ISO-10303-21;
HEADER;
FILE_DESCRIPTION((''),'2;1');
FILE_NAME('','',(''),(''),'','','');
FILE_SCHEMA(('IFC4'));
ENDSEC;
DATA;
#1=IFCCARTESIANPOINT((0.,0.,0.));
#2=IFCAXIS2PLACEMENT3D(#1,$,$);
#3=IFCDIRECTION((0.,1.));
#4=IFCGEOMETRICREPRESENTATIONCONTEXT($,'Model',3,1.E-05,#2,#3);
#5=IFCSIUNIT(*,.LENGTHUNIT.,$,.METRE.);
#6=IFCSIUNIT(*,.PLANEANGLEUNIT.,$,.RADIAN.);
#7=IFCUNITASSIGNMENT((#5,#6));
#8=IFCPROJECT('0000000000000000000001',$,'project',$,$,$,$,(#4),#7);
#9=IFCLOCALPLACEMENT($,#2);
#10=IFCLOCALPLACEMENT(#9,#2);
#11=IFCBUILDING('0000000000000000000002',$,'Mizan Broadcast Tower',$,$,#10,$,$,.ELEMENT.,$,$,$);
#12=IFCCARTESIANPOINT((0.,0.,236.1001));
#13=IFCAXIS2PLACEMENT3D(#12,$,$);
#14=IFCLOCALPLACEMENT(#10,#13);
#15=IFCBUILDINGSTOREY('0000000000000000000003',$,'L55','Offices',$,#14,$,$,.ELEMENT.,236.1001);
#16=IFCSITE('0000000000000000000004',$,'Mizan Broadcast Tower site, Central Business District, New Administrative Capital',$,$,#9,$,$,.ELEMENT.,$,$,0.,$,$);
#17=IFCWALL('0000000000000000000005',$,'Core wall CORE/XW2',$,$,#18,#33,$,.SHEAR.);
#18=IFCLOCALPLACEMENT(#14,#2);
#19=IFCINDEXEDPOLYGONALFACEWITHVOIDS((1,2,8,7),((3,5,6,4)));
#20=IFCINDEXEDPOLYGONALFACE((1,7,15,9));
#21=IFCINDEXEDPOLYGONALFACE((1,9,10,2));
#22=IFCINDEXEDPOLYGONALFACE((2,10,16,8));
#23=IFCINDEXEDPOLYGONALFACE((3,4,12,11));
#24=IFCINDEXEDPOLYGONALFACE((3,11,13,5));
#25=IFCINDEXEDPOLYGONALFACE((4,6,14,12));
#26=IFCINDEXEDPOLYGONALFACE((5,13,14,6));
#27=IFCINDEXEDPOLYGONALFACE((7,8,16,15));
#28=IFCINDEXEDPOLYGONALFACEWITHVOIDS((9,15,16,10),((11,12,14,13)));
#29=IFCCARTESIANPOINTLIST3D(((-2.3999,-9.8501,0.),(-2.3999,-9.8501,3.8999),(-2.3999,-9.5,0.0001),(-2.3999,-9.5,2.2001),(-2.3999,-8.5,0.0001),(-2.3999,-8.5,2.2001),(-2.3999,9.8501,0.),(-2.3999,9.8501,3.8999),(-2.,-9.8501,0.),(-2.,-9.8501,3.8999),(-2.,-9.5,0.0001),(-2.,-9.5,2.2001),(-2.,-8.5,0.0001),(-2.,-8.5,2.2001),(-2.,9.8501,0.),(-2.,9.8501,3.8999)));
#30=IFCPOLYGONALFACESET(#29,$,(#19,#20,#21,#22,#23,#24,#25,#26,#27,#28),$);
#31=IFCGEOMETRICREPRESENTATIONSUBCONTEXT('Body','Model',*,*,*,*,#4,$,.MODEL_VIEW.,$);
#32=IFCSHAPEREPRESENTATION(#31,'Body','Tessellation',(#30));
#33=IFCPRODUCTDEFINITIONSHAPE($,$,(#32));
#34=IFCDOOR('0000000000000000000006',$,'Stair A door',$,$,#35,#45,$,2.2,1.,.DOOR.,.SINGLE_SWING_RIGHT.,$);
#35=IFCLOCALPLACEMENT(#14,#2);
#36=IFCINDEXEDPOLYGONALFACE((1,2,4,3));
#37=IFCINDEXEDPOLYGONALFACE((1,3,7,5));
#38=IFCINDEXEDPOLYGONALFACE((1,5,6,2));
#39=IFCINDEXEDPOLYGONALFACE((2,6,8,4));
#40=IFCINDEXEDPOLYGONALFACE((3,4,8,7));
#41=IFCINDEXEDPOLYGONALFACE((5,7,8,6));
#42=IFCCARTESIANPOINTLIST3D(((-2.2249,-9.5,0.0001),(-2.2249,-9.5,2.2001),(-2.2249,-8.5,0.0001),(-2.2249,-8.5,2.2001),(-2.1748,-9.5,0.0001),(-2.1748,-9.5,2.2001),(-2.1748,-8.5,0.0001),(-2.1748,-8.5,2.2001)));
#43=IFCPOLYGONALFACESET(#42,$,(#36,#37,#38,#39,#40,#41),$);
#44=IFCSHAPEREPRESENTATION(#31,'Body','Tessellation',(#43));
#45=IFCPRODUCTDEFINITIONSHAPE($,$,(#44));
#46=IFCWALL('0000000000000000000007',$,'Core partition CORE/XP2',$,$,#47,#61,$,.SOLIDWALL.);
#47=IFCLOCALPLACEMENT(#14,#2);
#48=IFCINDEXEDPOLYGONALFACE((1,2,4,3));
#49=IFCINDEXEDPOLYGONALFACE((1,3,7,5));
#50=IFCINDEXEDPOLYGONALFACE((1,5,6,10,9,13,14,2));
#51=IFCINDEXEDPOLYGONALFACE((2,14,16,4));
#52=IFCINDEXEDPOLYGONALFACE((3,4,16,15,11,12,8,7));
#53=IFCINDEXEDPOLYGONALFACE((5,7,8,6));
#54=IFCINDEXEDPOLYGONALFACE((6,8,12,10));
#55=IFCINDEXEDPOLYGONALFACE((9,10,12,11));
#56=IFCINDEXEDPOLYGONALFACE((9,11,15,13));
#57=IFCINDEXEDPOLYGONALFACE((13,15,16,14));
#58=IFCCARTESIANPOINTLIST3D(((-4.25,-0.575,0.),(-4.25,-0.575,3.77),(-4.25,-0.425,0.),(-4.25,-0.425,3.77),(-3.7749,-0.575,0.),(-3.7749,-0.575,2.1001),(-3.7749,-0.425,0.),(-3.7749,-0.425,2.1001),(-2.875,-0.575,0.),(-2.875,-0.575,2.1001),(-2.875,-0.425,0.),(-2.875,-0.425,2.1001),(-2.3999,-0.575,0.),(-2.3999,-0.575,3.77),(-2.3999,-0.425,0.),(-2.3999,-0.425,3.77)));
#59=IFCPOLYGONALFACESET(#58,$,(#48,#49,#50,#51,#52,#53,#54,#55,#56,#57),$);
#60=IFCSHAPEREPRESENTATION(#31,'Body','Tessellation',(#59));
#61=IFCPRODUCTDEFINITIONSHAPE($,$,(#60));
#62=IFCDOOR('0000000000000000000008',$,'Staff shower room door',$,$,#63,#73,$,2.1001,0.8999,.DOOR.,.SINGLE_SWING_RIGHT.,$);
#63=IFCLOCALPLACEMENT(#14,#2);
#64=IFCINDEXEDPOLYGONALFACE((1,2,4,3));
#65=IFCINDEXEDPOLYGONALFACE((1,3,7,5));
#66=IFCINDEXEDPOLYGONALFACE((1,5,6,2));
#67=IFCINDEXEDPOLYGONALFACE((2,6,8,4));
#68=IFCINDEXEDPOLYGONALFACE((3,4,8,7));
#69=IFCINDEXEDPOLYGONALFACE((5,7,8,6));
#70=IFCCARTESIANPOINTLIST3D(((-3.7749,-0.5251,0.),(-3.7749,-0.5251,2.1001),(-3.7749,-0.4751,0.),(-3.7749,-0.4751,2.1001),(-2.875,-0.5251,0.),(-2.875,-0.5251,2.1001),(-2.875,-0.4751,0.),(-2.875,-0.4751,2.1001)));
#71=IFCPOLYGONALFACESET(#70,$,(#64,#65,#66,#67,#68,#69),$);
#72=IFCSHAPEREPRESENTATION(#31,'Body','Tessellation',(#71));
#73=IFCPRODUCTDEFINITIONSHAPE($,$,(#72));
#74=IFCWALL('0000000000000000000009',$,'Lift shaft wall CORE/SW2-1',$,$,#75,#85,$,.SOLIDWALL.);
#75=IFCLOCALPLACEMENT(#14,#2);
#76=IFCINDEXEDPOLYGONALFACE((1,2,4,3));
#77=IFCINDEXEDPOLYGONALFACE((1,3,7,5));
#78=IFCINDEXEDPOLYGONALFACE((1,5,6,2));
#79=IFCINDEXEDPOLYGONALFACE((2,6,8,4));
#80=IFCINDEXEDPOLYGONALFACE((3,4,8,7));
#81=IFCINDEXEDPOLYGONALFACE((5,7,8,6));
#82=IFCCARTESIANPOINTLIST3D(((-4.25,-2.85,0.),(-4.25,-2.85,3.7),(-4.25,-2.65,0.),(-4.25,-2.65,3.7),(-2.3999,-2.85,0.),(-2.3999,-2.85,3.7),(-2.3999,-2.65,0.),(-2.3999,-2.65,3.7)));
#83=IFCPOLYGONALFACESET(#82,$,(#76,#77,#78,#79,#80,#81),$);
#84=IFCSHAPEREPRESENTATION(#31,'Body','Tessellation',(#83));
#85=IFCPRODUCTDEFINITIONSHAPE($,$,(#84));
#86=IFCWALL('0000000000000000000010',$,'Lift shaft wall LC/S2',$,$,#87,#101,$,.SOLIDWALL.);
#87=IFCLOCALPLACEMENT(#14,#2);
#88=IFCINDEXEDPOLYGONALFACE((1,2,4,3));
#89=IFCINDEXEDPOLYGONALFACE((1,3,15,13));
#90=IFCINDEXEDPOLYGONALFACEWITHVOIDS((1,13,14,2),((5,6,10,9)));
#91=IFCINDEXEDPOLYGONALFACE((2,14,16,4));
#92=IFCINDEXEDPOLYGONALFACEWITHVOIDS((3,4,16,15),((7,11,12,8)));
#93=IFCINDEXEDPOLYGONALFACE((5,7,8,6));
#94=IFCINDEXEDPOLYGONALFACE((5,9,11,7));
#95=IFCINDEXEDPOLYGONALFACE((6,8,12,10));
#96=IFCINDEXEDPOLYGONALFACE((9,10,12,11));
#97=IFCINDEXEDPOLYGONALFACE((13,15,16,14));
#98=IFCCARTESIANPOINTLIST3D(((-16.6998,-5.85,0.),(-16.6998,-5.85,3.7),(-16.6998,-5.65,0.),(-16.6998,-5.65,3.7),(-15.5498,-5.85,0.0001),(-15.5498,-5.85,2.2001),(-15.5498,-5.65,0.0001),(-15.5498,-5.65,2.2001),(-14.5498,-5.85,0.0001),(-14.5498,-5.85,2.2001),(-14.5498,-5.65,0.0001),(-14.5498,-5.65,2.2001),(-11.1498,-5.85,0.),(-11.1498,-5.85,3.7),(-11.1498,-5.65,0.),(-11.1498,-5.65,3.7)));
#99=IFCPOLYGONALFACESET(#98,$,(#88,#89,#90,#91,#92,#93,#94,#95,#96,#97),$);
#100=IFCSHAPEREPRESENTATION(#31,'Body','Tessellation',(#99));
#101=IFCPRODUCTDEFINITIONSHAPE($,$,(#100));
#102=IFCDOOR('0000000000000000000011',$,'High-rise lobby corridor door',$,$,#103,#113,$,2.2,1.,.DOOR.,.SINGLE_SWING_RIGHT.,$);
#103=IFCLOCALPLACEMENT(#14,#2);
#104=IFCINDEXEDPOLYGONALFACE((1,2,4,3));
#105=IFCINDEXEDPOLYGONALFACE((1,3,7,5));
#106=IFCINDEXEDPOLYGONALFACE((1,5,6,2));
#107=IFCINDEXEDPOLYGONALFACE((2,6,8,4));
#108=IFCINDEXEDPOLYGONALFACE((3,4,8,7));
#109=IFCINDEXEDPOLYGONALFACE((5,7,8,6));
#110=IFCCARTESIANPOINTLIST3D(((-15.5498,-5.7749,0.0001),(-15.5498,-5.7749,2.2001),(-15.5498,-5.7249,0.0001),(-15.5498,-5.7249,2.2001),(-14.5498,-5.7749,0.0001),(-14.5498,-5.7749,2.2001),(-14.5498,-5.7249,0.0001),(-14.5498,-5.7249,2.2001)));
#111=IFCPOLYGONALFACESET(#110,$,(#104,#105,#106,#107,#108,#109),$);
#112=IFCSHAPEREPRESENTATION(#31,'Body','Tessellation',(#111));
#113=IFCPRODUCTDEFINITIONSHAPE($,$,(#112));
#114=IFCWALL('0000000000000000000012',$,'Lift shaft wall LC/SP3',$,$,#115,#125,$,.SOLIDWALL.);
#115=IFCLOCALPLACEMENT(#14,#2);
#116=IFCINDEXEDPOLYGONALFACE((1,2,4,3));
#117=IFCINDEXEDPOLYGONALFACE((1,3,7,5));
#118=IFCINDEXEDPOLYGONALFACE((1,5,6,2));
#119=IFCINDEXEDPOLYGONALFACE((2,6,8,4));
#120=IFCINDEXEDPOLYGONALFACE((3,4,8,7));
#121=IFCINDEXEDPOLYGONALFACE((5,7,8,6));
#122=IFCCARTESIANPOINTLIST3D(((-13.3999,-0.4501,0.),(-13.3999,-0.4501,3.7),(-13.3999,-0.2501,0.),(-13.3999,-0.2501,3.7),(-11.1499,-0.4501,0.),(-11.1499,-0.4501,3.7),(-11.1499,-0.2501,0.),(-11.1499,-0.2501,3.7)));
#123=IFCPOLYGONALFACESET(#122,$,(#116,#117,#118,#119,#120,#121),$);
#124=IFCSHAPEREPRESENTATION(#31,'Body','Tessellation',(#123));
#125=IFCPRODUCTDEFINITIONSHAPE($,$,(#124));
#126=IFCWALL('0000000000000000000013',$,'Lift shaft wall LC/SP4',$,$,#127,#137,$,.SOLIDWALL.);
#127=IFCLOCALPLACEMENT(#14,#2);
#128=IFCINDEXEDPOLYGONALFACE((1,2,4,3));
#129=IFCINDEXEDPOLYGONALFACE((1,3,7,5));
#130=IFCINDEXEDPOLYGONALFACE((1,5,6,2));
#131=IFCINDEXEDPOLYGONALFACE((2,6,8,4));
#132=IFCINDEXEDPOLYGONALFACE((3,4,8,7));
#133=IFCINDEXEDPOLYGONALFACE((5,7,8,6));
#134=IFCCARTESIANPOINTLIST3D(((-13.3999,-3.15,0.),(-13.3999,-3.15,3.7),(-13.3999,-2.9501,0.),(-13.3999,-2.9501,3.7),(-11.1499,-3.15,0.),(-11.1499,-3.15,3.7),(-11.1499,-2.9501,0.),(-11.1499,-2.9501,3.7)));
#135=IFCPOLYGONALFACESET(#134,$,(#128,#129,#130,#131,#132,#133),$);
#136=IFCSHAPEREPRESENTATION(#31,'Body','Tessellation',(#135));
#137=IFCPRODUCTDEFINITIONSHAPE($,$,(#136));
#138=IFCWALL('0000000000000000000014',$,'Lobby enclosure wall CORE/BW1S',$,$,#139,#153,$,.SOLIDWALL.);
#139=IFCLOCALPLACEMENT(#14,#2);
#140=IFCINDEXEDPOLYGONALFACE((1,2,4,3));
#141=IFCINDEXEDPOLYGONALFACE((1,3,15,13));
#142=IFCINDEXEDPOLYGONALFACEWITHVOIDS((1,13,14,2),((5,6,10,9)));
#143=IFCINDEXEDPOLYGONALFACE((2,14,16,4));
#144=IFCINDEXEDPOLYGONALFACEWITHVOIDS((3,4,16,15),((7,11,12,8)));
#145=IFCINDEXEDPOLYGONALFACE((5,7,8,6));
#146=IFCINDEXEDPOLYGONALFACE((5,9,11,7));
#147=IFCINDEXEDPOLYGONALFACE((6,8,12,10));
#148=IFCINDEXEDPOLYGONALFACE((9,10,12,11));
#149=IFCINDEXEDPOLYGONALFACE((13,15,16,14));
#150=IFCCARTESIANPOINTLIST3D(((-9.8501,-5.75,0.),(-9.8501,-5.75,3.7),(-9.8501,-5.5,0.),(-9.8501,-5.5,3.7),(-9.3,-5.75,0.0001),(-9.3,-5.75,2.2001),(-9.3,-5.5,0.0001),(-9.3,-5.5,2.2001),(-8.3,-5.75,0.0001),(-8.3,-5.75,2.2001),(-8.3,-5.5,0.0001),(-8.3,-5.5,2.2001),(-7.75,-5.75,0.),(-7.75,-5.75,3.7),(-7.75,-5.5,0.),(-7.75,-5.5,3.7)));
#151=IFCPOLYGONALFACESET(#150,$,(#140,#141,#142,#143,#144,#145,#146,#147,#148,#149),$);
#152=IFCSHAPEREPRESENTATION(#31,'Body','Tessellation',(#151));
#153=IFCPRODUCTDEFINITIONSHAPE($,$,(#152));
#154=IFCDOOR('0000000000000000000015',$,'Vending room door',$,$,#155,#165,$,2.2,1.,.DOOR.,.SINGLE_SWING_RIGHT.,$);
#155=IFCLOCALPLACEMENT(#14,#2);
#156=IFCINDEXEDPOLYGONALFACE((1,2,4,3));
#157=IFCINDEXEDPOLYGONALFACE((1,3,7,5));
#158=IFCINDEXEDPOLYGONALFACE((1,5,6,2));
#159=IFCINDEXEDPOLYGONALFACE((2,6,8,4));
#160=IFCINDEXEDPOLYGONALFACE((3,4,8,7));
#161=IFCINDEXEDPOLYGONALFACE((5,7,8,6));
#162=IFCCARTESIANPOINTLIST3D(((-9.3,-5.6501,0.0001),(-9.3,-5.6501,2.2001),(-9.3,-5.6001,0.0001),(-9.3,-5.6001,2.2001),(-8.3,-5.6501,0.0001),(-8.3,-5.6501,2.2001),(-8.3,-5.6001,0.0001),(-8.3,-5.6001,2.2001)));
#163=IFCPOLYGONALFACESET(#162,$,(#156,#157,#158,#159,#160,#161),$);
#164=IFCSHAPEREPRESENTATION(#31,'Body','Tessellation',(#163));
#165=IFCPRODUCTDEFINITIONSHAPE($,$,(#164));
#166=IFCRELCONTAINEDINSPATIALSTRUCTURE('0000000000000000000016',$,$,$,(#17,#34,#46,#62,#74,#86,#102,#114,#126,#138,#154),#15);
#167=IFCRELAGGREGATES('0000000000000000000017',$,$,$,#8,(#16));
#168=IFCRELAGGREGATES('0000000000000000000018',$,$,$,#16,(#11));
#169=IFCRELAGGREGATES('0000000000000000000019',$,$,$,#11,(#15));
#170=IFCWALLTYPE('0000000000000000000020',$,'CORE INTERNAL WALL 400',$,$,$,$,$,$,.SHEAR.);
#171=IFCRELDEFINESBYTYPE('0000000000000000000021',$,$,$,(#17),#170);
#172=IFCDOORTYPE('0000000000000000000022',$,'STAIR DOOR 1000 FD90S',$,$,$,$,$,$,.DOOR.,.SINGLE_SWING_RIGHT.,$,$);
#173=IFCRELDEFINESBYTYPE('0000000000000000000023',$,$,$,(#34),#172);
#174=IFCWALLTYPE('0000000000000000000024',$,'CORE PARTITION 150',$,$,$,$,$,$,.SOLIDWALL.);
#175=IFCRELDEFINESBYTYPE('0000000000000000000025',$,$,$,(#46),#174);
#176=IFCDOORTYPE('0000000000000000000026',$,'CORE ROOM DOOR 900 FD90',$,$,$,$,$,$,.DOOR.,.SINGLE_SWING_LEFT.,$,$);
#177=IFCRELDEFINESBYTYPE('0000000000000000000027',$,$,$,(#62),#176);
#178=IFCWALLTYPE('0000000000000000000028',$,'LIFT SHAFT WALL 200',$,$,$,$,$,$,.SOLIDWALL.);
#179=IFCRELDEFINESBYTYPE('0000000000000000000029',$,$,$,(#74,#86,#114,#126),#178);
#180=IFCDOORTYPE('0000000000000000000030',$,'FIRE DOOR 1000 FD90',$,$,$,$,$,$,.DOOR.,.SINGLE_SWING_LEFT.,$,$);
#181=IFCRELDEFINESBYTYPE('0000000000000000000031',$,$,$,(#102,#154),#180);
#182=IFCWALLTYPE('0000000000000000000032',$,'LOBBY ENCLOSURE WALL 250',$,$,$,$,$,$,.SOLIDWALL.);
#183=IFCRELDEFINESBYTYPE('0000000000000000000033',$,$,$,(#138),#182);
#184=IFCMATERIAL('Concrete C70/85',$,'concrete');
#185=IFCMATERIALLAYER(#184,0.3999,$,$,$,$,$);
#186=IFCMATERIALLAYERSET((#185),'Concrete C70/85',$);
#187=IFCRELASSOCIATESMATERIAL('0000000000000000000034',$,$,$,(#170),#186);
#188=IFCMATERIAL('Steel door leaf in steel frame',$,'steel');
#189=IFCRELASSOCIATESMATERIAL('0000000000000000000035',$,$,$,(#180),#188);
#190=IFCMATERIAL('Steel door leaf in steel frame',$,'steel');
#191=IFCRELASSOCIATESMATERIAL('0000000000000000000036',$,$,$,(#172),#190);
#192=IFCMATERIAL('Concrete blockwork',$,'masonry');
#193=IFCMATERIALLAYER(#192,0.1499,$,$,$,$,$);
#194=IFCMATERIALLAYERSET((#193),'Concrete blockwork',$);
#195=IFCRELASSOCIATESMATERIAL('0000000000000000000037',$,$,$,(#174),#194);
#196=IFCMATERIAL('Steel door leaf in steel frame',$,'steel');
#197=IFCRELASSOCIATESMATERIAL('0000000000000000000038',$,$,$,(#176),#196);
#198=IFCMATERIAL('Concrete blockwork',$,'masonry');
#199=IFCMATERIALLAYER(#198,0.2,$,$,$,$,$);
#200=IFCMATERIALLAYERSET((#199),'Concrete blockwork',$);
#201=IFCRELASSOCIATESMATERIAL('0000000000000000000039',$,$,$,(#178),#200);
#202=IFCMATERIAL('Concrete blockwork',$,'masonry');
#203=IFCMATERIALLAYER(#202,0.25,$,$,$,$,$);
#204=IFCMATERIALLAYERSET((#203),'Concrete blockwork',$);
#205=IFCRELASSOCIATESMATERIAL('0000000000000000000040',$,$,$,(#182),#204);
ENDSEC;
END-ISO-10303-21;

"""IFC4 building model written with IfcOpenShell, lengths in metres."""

from ifc_helpers import new_model, si_unit, direction, frame, frame_2d, origin, place, context, subcontext, project, spatial, rectangle, extrude, material, layer, layer_set, type_object, element, fill, save


model = new_model("IFC4")

# Units and contexts
model_context = context("Model", 3, precision=1e-05, world=origin(), true_north=direction((0.0, 1.0)))
body_context = subcontext(model_context, "Body", "Model", "MODEL_VIEW")
ifc_project = project(units=[si_unit("LENGTHUNIT", "METRE"), si_unit("PLANEANGLEUNIT", "RADIAN")], contexts=[model_context])

# Site, building, storey
site_placement = place(None, origin())
site = spatial("IfcSite", under=ifc_project, at=site_placement, Name="Mizan Broadcast Tower site, Central Business District, New Administrative Capital", CompositionType="ELEMENT", RefElevation=0.0)
building_placement = place(site_placement, origin())
building = spatial("IfcBuilding", under=site, at=building_placement, Name="Mizan Broadcast Tower", CompositionType="ELEMENT")
storey_placement = place(building_placement, frame((0.0, 0.0, 236.1001)))
storey = spatial("IfcBuildingStorey", under=building, at=storey_placement, Name="L55", Description="Offices", CompositionType="ELEMENT", Elevation=236.1001)

# Shared definitions
ifc_material_1 = material(Name="Concrete C70/85", Category="concrete")
ifc_layer_1 = layer(ifc_material_1, 0.3999)
ifc_layer_set_1 = layer_set([ifc_layer_1], Name="Concrete C70/85")
wall_type_1 = type_object("IfcWallType", Name="CORE INTERNAL WALL 400", PredefinedType="SHEAR", material=ifc_layer_set_1)
ifc_material_2 = material(Name="Steel door leaf in steel frame", Category="steel")
door_type_1 = type_object("IfcDoorType", Name="FIRE DOOR 1000 FD90", OperationType="SINGLE_SWING_LEFT", PredefinedType="DOOR", material=ifc_material_2)

# Walls, openings, doors
wall_1_placement = place(storey_placement, frame((-2.2, -9.8501, 0.0), z_axis=(0.0, 0.0, 1.0), x_axis=(0.0, 1.0, 0.0)))
wall_1 = element("IfcWall", 1, at=wall_1_placement, inside=storey, type_object=wall_type_1, Name="Core wall CORE/XW2", PredefinedType="SHEAR", context=body_context, shape_type="SweptSolid", body=[
    extrude(rectangle(XDim=19.7002, YDim=0.3999, at=frame_2d((9.8501, 0.0))), origin(), (0.0, 0.0, 1.0), 3.8999),
])
opening_1_placement = place(wall_1_placement, frame((0.3501, 0.0, 0.0)))
opening_1 = element("IfcOpeningElement", 2, at=opening_1_placement, cuts=wall_1, PredefinedType="OPENING", context=body_context, shape_type="SweptSolid", body=[
    extrude(rectangle(XDim=1.0, YDim=2.2, at=frame_2d((0.5, 1.1001))), frame((0.0, 0.21, 0.0), z_axis=(0.0, -1.0, 0.0), x_axis=(1.0, 0.0, 0.0)), (0.0, 0.0, 1.0), 0.4199),
])
ifc_material_3 = material(Name="Steel door leaf in steel frame", Category="steel")
door_type_2 = type_object("IfcDoorType", Name="STAIR DOOR 1000 FD90S", OperationType="SINGLE_SWING_RIGHT", PredefinedType="DOOR", material=ifc_material_3)
door_1_placement = place(opening_1_placement, origin())
door_1 = element("IfcDoor", 3, at=door_1_placement, inside=storey, type_object=door_type_2, Name="Stair A door", OperationType="SINGLE_SWING_RIGHT", OverallHeight=2.2, OverallWidth=1.0, PredefinedType="DOOR", context=body_context, shape_type="SweptSolid", body=[
    extrude(rectangle(XDim=1.0, YDim=2.2, at=frame_2d((0.5, 1.1001))), frame((0.0, 0.0249, 0.0), z_axis=(0.0, -1.0, 0.0), x_axis=(1.0, 0.0, 0.0)), (0.0, 0.0, 1.0), 0.05),
])
fill(opening_1, door_1)
ifc_material_4 = material(Name="Concrete blockwork", Category="masonry")
ifc_layer_2 = layer(ifc_material_4, 0.1499)
ifc_layer_set_2 = layer_set([ifc_layer_2], Name="Concrete blockwork")
wall_type_2 = type_object("IfcWallType", Name="CORE PARTITION 150", PredefinedType="SOLIDWALL", material=ifc_layer_set_2)
wall_2_placement = place(storey_placement, frame((-4.25, -0.5, 0.0), z_axis=(0.0, 0.0, 1.0), x_axis=(1.0, 0.0, 0.0)))
wall_2 = element("IfcWall", 4, at=wall_2_placement, inside=storey, type_object=wall_type_2, Name="Core partition CORE/XP2", PredefinedType="SOLIDWALL", context=body_context, shape_type="SweptSolid", body=[
    extrude(rectangle(XDim=1.8501, YDim=0.1499, at=frame_2d((0.925, 0.0))), origin(), (0.0, 0.0, 1.0), 3.77),
])
opening_2_placement = place(wall_2_placement, frame((0.4751, 0.0, 0.0)))
opening_2 = element("IfcOpeningElement", 5, at=opening_2_placement, cuts=wall_2, PredefinedType="OPENING", context=body_context, shape_type="SweptSolid", body=[
    extrude(rectangle(XDim=0.8999, YDim=2.1001, at=frame_2d((0.45, 1.05))), frame((0.0, 0.085, 0.0), z_axis=(0.0, -1.0, 0.0), x_axis=(1.0, 0.0, 0.0)), (0.0, 0.0, 1.0), 0.1699),
])
ifc_material_5 = material(Name="Steel door leaf in steel frame", Category="steel")
door_type_3 = type_object("IfcDoorType", Name="CORE ROOM DOOR 900 FD90", OperationType="SINGLE_SWING_LEFT", PredefinedType="DOOR", material=ifc_material_5)
door_2_placement = place(opening_2_placement, origin())
door_2 = element("IfcDoor", 6, at=door_2_placement, inside=storey, type_object=door_type_3, Name="Staff shower room door", OperationType="SINGLE_SWING_RIGHT", OverallHeight=2.1001, OverallWidth=0.8999, PredefinedType="DOOR", context=body_context, shape_type="SweptSolid", body=[
    extrude(rectangle(XDim=0.8999, YDim=2.1001, at=frame_2d((0.45, 1.05))), frame((0.0, 0.0249, 0.0), z_axis=(0.0, -1.0, 0.0), x_axis=(1.0, 0.0, 0.0)), (0.0, 0.0, 1.0), 0.05),
])
fill(opening_2, door_2)

# Wall
ifc_material_6 = material(Name="Concrete blockwork", Category="masonry")
ifc_layer_3 = layer(ifc_material_6, 0.2)
ifc_layer_set_3 = layer_set([ifc_layer_3], Name="Concrete blockwork")
wall_type_3 = type_object("IfcWallType", Name="LIFT SHAFT WALL 200", PredefinedType="SOLIDWALL", material=ifc_layer_set_3)
wall_3_placement = place(storey_placement, frame((-4.25, -2.75, 0.0), z_axis=(0.0, 0.0, 1.0), x_axis=(1.0, 0.0, 0.0)))
element("IfcWall", 7, at=wall_3_placement, inside=storey, type_object=wall_type_3, Name="Lift shaft wall CORE/SW2-1", PredefinedType="SOLIDWALL", context=body_context, shape_type="SweptSolid", body=[
    extrude(rectangle(XDim=1.8501, YDim=0.2, at=frame_2d((0.925, 0.0))), origin(), (0.0, 0.0, 1.0), 3.7),
])

# Wall, opening, door
wall_4_placement = place(storey_placement, frame((-11.1499, -5.75, 0.0), z_axis=(0.0, 0.0, 1.0), x_axis=(-1.0, 0.0, 0.0)))
wall_4 = element("IfcWall", 8, at=wall_4_placement, inside=storey, type_object=wall_type_3, Name="Lift shaft wall LC/S2", PredefinedType="SOLIDWALL", context=body_context, shape_type="SweptSolid", body=[
    extrude(rectangle(XDim=5.55, YDim=0.2, at=frame_2d((2.7749, 0.0))), origin(), (0.0, 0.0, 1.0), 3.7),
])
opening_3_placement = place(wall_4_placement, frame((3.3999, 0.0, 0.0)))
opening_3 = element("IfcOpeningElement", 9, at=opening_3_placement, cuts=wall_4, PredefinedType="OPENING", context=body_context, shape_type="SweptSolid", body=[
    extrude(rectangle(XDim=1.0, YDim=2.2, at=frame_2d((0.5, 1.1001))), frame((0.0, 0.1099, 0.0), z_axis=(0.0, -1.0, 0.0), x_axis=(1.0, 0.0, 0.0)), (0.0, 0.0, 1.0), 0.22),
])
door_3_placement = place(opening_3_placement, origin())
door_3 = element("IfcDoor", 10, at=door_3_placement, inside=storey, type_object=door_type_1, Name="High-rise lobby corridor door", OperationType="SINGLE_SWING_RIGHT", OverallHeight=2.2, OverallWidth=1.0, PredefinedType="DOOR", context=body_context, shape_type="SweptSolid", body=[
    extrude(rectangle(XDim=1.0, YDim=2.2, at=frame_2d((0.5, 1.1001))), frame((0.0, 0.0249, 0.0), z_axis=(0.0, -1.0, 0.0), x_axis=(1.0, 0.0, 0.0)), (0.0, 0.0, 1.0), 0.05),
])
fill(opening_3, door_3)

# Walls
for number, where, z_axis, x_axis, name in (
    (11, (-11.1499, -0.3501, 0.0), (0.0, 0.0, 1.0), (-1.0, 0.0, 0.0), "Lift shaft wall LC/SP3"),
    (12, (-11.1499, -3.05, 0.0), (0.0, 0.0, 1.0), (-1.0, 0.0, 0.0), "Lift shaft wall LC/SP4"),
):
    element("IfcWall", number, at=place(storey_placement, frame(where, z_axis=z_axis, x_axis=x_axis)), inside=storey, type_object=wall_type_3, Name=name, PredefinedType="SOLIDWALL", context=body_context, shape_type="SweptSolid", body=[
        extrude(rectangle(XDim=2.25, YDim=0.2, at=frame_2d((1.125, 0.0))), origin(), (0.0, 0.0, 1.0), 3.7),
    ])

# Wall, opening, door
ifc_material_7 = material(Name="Concrete blockwork", Category="masonry")
ifc_layer_4 = layer(ifc_material_7, 0.25)
ifc_layer_set_4 = layer_set([ifc_layer_4], Name="Concrete blockwork")
wall_type_4 = type_object("IfcWallType", Name="LOBBY ENCLOSURE WALL 250", PredefinedType="SOLIDWALL", material=ifc_layer_set_4)
wall_5_placement = place(storey_placement, frame((-9.8501, -5.625, 0.0), z_axis=(0.0, 0.0, 1.0), x_axis=(1.0, 0.0, 0.0)))
wall_5 = element("IfcWall", 13, at=wall_5_placement, inside=storey, type_object=wall_type_4, Name="Lobby enclosure wall CORE/BW1S", PredefinedType="SOLIDWALL", context=body_context, shape_type="SweptSolid", body=[
    extrude(rectangle(XDim=2.1001, YDim=0.25, at=frame_2d((1.05, 0.0))), origin(), (0.0, 0.0, 1.0), 3.7),
])
opening_4_placement = place(wall_5_placement, frame((0.55, 0.0, 0.0)))
opening_4 = element("IfcOpeningElement", 14, at=opening_4_placement, cuts=wall_5, PredefinedType="OPENING", context=body_context, shape_type="SweptSolid", body=[
    extrude(rectangle(XDim=1.0, YDim=2.2, at=frame_2d((0.5, 1.1001))), frame((0.0, 0.135, 0.0), z_axis=(0.0, -1.0, 0.0), x_axis=(1.0, 0.0, 0.0)), (0.0, 0.0, 1.0), 0.27),
])
door_4_placement = place(opening_4_placement, origin())
door_4 = element("IfcDoor", 15, at=door_4_placement, inside=storey, type_object=door_type_1, Name="Vending room door", OperationType="SINGLE_SWING_RIGHT", OverallHeight=2.2, OverallWidth=1.0, PredefinedType="DOOR", context=body_context, shape_type="SweptSolid", body=[
    extrude(rectangle(XDim=1.0, YDim=2.2, at=frame_2d((0.5, 1.1001))), frame((0.0, 0.0249, 0.0), z_axis=(0.0, -1.0, 0.0), x_axis=(1.0, 0.0, 0.0)), (0.0, 0.0, 1.0), 0.05),
])
fill(opening_4, door_4)

save(model, "model.ifc")
